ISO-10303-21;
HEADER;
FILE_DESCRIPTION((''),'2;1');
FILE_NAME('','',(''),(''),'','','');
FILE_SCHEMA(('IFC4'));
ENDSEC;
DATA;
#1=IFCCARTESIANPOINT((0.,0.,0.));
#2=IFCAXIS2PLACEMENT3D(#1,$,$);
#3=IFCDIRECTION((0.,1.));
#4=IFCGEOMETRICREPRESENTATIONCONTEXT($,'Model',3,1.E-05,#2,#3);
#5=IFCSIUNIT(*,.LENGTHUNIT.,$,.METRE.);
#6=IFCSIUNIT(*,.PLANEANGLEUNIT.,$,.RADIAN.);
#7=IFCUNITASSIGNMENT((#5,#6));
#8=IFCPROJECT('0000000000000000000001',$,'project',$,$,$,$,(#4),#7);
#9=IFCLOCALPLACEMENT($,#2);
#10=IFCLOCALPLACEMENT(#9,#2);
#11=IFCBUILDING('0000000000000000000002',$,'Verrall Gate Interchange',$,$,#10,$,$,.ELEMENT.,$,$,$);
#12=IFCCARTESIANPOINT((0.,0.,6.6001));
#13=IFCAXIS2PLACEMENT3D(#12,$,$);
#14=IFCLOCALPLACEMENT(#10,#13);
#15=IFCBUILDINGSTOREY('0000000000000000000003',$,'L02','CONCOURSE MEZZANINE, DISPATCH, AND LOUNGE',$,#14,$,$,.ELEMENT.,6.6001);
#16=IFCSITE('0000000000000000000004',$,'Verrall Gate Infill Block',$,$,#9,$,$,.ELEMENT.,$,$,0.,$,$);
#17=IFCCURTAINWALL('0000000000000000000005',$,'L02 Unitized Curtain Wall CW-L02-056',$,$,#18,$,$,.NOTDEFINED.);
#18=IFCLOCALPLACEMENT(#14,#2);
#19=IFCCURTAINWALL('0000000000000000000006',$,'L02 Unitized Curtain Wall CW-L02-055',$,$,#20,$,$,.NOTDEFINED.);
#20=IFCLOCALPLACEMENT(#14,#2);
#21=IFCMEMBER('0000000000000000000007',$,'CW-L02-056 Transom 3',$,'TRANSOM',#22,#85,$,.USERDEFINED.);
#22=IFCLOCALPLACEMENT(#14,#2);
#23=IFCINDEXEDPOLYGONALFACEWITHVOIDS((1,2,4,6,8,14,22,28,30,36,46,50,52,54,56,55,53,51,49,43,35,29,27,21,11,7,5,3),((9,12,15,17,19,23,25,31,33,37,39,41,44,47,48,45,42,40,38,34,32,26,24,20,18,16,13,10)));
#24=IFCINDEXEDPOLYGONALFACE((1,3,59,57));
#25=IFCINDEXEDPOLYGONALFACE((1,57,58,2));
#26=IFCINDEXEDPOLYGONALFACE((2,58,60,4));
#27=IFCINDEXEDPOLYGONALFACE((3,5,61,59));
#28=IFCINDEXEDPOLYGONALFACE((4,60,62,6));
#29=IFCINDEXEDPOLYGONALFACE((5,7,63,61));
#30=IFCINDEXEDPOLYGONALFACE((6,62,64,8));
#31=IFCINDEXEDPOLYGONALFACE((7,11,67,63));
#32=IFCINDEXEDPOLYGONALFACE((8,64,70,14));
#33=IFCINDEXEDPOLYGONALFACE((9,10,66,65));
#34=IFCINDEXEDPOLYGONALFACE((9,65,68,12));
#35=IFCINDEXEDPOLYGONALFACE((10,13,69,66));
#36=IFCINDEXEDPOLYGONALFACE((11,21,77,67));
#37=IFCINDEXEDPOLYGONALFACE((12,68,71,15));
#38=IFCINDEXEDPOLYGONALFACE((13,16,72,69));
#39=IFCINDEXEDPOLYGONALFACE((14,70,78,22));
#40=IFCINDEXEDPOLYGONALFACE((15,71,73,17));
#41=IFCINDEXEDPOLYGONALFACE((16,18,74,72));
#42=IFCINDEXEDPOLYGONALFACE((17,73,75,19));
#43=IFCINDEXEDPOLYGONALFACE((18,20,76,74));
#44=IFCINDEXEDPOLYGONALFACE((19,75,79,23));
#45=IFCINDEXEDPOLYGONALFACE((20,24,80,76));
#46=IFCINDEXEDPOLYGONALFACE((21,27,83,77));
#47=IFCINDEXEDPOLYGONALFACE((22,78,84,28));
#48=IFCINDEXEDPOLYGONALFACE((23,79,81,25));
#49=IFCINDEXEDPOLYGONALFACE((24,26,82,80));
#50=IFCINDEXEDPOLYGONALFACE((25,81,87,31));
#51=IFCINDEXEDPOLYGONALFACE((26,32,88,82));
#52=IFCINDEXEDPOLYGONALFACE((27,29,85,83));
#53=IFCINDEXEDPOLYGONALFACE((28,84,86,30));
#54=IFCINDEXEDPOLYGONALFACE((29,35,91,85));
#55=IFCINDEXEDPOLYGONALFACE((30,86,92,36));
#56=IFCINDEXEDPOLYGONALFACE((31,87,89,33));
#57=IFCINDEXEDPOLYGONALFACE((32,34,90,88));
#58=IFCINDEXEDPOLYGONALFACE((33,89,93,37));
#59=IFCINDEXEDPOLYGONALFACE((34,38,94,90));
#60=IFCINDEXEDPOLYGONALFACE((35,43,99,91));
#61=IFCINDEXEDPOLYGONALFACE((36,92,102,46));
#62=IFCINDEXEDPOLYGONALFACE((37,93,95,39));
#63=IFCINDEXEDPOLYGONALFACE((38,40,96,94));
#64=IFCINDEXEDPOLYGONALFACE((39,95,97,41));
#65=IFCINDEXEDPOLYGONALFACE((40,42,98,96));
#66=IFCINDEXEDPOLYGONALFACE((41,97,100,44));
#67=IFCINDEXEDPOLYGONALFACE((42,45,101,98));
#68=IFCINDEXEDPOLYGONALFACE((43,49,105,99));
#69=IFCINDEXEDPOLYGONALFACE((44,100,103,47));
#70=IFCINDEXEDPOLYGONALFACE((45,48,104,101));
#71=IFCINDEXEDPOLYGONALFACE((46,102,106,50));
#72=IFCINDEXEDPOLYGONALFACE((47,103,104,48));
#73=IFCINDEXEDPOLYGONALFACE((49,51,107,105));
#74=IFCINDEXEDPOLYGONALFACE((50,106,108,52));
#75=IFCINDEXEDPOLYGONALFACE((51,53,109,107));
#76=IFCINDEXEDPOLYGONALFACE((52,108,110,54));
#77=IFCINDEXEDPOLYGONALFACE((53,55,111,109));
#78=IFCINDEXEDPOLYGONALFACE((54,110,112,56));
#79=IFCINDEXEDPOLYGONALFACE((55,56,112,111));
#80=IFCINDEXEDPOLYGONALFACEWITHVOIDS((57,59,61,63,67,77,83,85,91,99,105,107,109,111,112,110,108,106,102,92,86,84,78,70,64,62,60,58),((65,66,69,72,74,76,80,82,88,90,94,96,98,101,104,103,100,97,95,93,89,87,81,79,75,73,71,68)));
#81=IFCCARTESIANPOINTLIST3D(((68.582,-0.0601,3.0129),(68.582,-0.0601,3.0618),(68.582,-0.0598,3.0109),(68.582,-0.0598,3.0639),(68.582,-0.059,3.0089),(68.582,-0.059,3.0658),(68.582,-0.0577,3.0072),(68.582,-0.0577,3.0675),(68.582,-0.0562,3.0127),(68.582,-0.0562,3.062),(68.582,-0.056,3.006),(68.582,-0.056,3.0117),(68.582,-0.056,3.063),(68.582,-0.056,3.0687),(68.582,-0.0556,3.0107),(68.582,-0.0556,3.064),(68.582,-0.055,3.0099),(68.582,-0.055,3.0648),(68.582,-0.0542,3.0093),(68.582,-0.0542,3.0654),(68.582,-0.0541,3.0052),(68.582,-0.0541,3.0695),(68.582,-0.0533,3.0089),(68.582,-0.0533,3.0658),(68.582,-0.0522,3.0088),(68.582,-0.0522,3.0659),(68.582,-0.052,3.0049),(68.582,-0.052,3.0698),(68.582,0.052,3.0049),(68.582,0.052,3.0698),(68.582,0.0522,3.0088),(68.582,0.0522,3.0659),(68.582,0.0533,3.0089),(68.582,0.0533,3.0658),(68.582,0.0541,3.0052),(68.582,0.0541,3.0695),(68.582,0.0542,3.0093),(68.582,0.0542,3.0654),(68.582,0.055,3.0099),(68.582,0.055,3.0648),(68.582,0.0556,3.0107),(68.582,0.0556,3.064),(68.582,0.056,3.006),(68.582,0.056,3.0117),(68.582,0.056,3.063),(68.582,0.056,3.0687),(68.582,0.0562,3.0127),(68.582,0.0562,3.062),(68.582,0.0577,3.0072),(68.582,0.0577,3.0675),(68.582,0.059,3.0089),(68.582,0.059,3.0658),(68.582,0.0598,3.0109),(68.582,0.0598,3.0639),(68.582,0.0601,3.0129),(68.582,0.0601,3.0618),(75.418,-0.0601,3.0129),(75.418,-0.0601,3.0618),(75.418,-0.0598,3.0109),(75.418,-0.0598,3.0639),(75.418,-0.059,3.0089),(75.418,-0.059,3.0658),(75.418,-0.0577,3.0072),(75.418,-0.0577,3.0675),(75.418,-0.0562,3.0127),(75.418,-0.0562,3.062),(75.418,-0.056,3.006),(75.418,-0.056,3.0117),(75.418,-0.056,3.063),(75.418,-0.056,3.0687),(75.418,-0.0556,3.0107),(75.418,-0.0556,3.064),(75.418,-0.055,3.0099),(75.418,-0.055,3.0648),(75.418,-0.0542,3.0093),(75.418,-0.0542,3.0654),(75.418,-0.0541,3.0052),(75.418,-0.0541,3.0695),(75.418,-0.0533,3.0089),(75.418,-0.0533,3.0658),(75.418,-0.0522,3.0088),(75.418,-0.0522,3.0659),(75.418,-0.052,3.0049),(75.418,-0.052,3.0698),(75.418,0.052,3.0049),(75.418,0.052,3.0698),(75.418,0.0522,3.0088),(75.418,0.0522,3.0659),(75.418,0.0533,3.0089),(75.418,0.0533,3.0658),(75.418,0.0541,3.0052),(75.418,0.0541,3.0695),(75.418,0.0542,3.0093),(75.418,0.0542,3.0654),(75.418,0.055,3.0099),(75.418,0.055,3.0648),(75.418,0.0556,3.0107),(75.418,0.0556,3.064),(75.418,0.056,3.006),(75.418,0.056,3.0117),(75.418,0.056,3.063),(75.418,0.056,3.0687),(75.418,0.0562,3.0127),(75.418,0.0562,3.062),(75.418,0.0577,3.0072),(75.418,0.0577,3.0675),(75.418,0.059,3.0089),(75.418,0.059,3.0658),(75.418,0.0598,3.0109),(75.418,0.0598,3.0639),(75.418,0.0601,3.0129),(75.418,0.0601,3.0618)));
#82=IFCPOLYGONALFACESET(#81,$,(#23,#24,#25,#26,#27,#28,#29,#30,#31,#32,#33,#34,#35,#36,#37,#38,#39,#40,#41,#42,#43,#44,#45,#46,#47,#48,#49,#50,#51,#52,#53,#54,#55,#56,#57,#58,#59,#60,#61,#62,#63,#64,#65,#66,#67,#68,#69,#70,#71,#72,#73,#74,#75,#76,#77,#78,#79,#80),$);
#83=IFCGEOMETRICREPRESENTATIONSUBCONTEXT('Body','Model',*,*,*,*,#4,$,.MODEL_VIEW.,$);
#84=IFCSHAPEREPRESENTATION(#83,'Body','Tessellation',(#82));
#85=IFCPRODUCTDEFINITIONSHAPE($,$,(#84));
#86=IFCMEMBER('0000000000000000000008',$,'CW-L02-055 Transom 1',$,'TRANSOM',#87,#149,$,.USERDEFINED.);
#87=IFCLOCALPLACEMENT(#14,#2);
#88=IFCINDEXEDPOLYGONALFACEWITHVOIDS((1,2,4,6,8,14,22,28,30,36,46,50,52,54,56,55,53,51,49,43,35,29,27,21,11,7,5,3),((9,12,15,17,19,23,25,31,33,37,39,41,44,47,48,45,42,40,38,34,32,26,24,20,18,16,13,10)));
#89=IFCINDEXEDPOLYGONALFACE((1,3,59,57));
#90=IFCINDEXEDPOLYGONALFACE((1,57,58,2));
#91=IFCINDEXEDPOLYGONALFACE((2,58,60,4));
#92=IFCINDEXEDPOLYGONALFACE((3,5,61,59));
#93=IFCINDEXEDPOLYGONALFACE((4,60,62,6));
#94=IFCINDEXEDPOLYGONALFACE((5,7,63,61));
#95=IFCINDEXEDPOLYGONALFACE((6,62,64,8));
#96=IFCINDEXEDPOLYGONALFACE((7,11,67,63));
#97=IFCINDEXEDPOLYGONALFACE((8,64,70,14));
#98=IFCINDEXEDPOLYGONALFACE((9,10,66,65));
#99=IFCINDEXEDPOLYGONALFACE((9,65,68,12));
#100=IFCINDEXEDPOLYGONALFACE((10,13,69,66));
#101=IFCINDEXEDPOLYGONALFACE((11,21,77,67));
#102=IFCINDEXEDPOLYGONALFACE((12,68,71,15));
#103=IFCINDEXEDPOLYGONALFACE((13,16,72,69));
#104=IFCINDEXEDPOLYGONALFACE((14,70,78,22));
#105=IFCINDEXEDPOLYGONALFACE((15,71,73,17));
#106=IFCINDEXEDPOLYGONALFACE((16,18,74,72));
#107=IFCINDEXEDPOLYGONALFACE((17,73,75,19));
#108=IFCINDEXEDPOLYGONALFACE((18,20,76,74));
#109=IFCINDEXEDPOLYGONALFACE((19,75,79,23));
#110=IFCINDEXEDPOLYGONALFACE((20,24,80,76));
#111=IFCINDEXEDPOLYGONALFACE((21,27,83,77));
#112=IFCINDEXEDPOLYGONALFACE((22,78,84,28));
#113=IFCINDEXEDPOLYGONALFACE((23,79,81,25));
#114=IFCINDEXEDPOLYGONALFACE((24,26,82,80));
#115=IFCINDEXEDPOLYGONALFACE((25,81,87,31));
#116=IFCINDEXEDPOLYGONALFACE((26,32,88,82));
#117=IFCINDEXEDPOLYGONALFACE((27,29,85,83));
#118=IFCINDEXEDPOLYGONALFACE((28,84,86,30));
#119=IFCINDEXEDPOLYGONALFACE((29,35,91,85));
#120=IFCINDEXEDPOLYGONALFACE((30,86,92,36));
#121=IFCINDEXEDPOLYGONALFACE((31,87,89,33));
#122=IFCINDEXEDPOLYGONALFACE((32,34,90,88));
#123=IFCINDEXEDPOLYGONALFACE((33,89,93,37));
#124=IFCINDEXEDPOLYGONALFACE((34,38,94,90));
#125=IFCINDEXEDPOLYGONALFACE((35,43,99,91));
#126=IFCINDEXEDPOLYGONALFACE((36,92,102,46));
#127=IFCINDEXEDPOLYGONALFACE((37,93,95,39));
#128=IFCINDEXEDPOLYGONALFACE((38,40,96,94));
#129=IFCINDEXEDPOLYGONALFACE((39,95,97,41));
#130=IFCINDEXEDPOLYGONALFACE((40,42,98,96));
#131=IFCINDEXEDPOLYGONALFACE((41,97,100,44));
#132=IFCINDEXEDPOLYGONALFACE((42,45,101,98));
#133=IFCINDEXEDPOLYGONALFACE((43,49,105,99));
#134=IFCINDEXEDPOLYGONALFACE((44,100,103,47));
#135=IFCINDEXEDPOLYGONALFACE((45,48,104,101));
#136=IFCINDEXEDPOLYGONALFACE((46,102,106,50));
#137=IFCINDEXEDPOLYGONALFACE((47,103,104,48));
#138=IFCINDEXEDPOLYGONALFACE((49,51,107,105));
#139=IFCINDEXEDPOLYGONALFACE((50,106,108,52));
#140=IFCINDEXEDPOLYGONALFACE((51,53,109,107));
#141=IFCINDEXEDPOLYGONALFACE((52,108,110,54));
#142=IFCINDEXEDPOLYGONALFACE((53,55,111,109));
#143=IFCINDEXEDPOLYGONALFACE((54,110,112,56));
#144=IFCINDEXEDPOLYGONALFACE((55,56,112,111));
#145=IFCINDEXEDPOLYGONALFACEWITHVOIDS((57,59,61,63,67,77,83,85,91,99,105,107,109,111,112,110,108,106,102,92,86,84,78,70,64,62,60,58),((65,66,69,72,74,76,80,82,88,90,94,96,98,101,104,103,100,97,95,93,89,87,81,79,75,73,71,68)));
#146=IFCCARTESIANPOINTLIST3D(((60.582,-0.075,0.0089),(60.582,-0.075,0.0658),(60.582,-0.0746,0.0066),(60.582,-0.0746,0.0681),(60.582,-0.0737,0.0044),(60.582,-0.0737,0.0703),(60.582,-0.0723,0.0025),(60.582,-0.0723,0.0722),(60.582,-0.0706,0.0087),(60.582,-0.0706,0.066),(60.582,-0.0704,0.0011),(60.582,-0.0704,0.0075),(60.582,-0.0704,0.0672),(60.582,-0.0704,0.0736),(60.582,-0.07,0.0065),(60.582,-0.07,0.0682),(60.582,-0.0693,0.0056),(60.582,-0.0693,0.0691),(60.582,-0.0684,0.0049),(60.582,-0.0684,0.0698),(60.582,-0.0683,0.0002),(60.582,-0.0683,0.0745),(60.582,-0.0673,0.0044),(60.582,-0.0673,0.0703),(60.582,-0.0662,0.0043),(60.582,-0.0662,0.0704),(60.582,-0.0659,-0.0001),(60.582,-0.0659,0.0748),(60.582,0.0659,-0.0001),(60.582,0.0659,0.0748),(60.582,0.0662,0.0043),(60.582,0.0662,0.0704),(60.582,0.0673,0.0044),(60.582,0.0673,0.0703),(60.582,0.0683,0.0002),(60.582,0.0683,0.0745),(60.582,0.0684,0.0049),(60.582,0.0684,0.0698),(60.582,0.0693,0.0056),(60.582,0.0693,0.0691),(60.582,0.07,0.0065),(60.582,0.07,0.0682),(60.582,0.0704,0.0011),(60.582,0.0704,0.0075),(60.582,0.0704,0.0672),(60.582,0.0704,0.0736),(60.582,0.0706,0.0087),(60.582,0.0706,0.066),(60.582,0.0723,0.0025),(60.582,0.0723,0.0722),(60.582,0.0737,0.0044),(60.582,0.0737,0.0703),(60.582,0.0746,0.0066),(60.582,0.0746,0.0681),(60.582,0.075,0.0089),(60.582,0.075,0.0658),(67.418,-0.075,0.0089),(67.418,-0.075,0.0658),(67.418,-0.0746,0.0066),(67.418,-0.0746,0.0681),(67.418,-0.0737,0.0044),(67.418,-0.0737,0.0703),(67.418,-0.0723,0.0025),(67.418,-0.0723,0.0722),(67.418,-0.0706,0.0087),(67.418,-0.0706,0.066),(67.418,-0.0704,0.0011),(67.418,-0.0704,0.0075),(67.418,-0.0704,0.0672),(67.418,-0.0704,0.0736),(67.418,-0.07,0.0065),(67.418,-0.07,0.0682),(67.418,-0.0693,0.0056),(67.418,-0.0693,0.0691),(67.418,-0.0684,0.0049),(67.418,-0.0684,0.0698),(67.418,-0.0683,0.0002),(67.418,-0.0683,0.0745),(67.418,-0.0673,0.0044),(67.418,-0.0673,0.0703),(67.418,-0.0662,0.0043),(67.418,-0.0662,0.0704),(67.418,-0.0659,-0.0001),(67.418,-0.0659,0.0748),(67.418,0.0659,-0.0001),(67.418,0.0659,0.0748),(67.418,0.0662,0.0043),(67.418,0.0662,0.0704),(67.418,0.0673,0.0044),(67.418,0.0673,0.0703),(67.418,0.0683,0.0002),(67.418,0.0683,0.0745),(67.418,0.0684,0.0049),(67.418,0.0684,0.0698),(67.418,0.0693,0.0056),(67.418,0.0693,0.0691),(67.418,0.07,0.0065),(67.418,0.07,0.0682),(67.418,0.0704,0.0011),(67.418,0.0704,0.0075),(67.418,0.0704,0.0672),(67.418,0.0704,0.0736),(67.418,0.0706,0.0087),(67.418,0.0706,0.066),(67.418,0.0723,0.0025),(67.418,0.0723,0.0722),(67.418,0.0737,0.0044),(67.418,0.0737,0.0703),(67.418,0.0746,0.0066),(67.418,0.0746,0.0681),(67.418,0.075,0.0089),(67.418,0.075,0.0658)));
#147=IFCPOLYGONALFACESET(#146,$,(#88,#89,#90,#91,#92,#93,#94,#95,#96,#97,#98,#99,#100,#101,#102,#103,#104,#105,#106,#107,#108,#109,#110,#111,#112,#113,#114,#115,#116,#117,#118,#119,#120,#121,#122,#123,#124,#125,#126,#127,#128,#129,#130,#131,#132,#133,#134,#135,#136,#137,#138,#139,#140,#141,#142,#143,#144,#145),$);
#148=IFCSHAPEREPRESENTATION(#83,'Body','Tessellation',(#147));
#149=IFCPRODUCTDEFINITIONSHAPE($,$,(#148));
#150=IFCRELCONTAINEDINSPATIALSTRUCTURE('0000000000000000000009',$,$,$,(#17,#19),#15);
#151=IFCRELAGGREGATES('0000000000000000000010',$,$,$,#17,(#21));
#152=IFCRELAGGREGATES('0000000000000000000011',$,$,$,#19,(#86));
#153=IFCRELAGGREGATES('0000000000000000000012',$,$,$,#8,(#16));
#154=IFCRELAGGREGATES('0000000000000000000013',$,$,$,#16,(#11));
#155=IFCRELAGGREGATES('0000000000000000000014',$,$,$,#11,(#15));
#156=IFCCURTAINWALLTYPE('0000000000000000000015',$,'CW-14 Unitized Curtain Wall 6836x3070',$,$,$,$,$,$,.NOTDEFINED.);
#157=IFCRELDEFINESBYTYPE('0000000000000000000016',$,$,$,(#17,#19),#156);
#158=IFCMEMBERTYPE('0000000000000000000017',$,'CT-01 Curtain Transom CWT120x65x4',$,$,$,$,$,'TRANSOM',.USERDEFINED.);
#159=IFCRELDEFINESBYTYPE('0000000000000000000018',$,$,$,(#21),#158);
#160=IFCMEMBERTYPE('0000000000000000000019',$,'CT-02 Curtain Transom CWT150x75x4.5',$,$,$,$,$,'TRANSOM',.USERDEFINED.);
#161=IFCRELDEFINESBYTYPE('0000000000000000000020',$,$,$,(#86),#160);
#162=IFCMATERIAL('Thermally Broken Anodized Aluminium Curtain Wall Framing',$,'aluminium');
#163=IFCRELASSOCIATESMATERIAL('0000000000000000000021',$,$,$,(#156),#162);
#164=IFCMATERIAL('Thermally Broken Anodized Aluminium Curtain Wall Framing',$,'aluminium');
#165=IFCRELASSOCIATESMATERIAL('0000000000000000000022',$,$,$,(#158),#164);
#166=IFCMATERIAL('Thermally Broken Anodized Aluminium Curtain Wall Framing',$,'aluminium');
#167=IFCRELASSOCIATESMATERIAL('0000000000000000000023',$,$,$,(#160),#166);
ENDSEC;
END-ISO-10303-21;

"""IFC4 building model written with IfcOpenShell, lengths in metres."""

from ifc_helpers import new_model, si_unit, direction, frame, origin, origin_2d, place, context, subcontext, project, spatial, hollow_rectangle, extrude, material, material_profile, profile_set, type_object, element, aggregate, save


model = new_model("IFC4")

# Units and contexts
model_context = context("Model", 3, precision=1e-05, world=origin(), true_north=direction((0.0, 1.0)))
body_context = subcontext(model_context, "Body", "Model", "MODEL_VIEW")
ifc_project = project(units=[si_unit("LENGTHUNIT", "METRE"), si_unit("PLANEANGLEUNIT", "RADIAN")], contexts=[model_context])

# Site, building, storey
site_placement = place(None, origin())
site = spatial("IfcSite", under=ifc_project, at=site_placement, Name="Verrall Gate Infill Block", CompositionType="ELEMENT", RefElevation=0.0)
building_placement = place(site_placement, origin())
building = spatial("IfcBuilding", under=site, at=building_placement, Name="Verrall Gate Interchange", CompositionType="ELEMENT")
storey_placement = place(building_placement, frame((0.0, 0.0, 6.6001)))
storey = spatial("IfcBuildingStorey", under=building, at=storey_placement, Name="L02", Description="CONCOURSE MEZZANINE, DISPATCH, AND LOUNGE", CompositionType="ELEMENT", Elevation=6.6001)

# Curtain walls
ifc_material_1 = material(Name="Thermally Broken Anodized Aluminium Curtain Wall Framing", Category="aluminium")
curtain_wall_type = type_object("IfcCurtainWallType", Name="CW-14 Unitized Curtain Wall 6836x3070", PredefinedType="NOTDEFINED", material=ifc_material_1)
curtain_wall_1_placement = place(storey_placement, origin())
curtain_wall_1 = element("IfcCurtainWall", 1, at=curtain_wall_1_placement, inside=storey, type_object=curtain_wall_type, Name="L02 Unitized Curtain Wall CW-L02-056", PredefinedType="NOTDEFINED")
curtain_wall_2_placement = place(storey_placement, origin())
curtain_wall_2 = element("IfcCurtainWall", 2, at=curtain_wall_2_placement, inside=storey, type_object=curtain_wall_type, Name="L02 Unitized Curtain Wall CW-L02-055", PredefinedType="NOTDEFINED")

# Members
ifc_material_2 = material(Name="Thermally Broken Anodized Aluminium Curtain Wall Framing", Category="aluminium")
ifc_material_profile_1 = material_profile(ifc_material_2, hollow_rectangle(XDim=0.1201, YDim=0.0649, WallThickness=0.0039, InnerFilletRadius=0.0039, OuterFilletRadius=0.0081, at=origin_2d()), Name="CWT120x65x4")
ifc_profile_set_1 = profile_set([ifc_material_profile_1], Name="Thermally Broken Anodized Aluminium Curtain Wall Framing")
member_type_1 = type_object("IfcMemberType", Name="CT-01 Curtain Transom CWT120x65x4", ElementType="TRANSOM", PredefinedType="USERDEFINED", material=ifc_profile_set_1)
member_1_placement = place(storey_placement, frame((68.582, 0.0, 3.0374), z_axis=(1.0, 0.0, 0.0), x_axis=(0.0, 1.0, 0.0)))
member_1 = element("IfcMember", 3, at=member_1_placement, type_object=member_type_1, Name="CW-L02-056 Transom 3", ObjectType="TRANSOM", PredefinedType="USERDEFINED", context=body_context, shape_type="SweptSolid", body=[
    extrude(hollow_rectangle(XDim=0.1201, YDim=0.0649, WallThickness=0.0039, InnerFilletRadius=0.0039, OuterFilletRadius=0.0081, at=origin_2d()), origin(), (0.0, 0.0, 1.0), 6.8359),
])
ifc_material_3 = material(Name="Thermally Broken Anodized Aluminium Curtain Wall Framing", Category="aluminium")
ifc_material_profile_2 = material_profile(ifc_material_3, hollow_rectangle(XDim=0.1499, YDim=0.075, WallThickness=0.0044, InnerFilletRadius=0.0044, OuterFilletRadius=0.009, at=origin_2d()), Name="CWT150x75x4.5")
ifc_profile_set_2 = profile_set([ifc_material_profile_2], Name="Thermally Broken Anodized Aluminium Curtain Wall Framing")
member_type_2 = type_object("IfcMemberType", Name="CT-02 Curtain Transom CWT150x75x4.5", ElementType="TRANSOM", PredefinedType="USERDEFINED", material=ifc_profile_set_2)
member_2_placement = place(storey_placement, frame((60.582, 0.0, 0.0374), z_axis=(1.0, 0.0, 0.0), x_axis=(0.0, 1.0, 0.0)))
member_2 = element("IfcMember", 4, at=member_2_placement, type_object=member_type_2, Name="CW-L02-055 Transom 1", ObjectType="TRANSOM", PredefinedType="USERDEFINED", context=body_context, shape_type="SweptSolid", body=[
    extrude(hollow_rectangle(XDim=0.1499, YDim=0.075, WallThickness=0.0044, InnerFilletRadius=0.0044, OuterFilletRadius=0.009, at=origin_2d()), origin(), (0.0, 0.0, 1.0), 6.8359),
])

aggregate(curtain_wall_1, [member_1])
aggregate(curtain_wall_2, [member_2])

save(model, "model.ifc")
